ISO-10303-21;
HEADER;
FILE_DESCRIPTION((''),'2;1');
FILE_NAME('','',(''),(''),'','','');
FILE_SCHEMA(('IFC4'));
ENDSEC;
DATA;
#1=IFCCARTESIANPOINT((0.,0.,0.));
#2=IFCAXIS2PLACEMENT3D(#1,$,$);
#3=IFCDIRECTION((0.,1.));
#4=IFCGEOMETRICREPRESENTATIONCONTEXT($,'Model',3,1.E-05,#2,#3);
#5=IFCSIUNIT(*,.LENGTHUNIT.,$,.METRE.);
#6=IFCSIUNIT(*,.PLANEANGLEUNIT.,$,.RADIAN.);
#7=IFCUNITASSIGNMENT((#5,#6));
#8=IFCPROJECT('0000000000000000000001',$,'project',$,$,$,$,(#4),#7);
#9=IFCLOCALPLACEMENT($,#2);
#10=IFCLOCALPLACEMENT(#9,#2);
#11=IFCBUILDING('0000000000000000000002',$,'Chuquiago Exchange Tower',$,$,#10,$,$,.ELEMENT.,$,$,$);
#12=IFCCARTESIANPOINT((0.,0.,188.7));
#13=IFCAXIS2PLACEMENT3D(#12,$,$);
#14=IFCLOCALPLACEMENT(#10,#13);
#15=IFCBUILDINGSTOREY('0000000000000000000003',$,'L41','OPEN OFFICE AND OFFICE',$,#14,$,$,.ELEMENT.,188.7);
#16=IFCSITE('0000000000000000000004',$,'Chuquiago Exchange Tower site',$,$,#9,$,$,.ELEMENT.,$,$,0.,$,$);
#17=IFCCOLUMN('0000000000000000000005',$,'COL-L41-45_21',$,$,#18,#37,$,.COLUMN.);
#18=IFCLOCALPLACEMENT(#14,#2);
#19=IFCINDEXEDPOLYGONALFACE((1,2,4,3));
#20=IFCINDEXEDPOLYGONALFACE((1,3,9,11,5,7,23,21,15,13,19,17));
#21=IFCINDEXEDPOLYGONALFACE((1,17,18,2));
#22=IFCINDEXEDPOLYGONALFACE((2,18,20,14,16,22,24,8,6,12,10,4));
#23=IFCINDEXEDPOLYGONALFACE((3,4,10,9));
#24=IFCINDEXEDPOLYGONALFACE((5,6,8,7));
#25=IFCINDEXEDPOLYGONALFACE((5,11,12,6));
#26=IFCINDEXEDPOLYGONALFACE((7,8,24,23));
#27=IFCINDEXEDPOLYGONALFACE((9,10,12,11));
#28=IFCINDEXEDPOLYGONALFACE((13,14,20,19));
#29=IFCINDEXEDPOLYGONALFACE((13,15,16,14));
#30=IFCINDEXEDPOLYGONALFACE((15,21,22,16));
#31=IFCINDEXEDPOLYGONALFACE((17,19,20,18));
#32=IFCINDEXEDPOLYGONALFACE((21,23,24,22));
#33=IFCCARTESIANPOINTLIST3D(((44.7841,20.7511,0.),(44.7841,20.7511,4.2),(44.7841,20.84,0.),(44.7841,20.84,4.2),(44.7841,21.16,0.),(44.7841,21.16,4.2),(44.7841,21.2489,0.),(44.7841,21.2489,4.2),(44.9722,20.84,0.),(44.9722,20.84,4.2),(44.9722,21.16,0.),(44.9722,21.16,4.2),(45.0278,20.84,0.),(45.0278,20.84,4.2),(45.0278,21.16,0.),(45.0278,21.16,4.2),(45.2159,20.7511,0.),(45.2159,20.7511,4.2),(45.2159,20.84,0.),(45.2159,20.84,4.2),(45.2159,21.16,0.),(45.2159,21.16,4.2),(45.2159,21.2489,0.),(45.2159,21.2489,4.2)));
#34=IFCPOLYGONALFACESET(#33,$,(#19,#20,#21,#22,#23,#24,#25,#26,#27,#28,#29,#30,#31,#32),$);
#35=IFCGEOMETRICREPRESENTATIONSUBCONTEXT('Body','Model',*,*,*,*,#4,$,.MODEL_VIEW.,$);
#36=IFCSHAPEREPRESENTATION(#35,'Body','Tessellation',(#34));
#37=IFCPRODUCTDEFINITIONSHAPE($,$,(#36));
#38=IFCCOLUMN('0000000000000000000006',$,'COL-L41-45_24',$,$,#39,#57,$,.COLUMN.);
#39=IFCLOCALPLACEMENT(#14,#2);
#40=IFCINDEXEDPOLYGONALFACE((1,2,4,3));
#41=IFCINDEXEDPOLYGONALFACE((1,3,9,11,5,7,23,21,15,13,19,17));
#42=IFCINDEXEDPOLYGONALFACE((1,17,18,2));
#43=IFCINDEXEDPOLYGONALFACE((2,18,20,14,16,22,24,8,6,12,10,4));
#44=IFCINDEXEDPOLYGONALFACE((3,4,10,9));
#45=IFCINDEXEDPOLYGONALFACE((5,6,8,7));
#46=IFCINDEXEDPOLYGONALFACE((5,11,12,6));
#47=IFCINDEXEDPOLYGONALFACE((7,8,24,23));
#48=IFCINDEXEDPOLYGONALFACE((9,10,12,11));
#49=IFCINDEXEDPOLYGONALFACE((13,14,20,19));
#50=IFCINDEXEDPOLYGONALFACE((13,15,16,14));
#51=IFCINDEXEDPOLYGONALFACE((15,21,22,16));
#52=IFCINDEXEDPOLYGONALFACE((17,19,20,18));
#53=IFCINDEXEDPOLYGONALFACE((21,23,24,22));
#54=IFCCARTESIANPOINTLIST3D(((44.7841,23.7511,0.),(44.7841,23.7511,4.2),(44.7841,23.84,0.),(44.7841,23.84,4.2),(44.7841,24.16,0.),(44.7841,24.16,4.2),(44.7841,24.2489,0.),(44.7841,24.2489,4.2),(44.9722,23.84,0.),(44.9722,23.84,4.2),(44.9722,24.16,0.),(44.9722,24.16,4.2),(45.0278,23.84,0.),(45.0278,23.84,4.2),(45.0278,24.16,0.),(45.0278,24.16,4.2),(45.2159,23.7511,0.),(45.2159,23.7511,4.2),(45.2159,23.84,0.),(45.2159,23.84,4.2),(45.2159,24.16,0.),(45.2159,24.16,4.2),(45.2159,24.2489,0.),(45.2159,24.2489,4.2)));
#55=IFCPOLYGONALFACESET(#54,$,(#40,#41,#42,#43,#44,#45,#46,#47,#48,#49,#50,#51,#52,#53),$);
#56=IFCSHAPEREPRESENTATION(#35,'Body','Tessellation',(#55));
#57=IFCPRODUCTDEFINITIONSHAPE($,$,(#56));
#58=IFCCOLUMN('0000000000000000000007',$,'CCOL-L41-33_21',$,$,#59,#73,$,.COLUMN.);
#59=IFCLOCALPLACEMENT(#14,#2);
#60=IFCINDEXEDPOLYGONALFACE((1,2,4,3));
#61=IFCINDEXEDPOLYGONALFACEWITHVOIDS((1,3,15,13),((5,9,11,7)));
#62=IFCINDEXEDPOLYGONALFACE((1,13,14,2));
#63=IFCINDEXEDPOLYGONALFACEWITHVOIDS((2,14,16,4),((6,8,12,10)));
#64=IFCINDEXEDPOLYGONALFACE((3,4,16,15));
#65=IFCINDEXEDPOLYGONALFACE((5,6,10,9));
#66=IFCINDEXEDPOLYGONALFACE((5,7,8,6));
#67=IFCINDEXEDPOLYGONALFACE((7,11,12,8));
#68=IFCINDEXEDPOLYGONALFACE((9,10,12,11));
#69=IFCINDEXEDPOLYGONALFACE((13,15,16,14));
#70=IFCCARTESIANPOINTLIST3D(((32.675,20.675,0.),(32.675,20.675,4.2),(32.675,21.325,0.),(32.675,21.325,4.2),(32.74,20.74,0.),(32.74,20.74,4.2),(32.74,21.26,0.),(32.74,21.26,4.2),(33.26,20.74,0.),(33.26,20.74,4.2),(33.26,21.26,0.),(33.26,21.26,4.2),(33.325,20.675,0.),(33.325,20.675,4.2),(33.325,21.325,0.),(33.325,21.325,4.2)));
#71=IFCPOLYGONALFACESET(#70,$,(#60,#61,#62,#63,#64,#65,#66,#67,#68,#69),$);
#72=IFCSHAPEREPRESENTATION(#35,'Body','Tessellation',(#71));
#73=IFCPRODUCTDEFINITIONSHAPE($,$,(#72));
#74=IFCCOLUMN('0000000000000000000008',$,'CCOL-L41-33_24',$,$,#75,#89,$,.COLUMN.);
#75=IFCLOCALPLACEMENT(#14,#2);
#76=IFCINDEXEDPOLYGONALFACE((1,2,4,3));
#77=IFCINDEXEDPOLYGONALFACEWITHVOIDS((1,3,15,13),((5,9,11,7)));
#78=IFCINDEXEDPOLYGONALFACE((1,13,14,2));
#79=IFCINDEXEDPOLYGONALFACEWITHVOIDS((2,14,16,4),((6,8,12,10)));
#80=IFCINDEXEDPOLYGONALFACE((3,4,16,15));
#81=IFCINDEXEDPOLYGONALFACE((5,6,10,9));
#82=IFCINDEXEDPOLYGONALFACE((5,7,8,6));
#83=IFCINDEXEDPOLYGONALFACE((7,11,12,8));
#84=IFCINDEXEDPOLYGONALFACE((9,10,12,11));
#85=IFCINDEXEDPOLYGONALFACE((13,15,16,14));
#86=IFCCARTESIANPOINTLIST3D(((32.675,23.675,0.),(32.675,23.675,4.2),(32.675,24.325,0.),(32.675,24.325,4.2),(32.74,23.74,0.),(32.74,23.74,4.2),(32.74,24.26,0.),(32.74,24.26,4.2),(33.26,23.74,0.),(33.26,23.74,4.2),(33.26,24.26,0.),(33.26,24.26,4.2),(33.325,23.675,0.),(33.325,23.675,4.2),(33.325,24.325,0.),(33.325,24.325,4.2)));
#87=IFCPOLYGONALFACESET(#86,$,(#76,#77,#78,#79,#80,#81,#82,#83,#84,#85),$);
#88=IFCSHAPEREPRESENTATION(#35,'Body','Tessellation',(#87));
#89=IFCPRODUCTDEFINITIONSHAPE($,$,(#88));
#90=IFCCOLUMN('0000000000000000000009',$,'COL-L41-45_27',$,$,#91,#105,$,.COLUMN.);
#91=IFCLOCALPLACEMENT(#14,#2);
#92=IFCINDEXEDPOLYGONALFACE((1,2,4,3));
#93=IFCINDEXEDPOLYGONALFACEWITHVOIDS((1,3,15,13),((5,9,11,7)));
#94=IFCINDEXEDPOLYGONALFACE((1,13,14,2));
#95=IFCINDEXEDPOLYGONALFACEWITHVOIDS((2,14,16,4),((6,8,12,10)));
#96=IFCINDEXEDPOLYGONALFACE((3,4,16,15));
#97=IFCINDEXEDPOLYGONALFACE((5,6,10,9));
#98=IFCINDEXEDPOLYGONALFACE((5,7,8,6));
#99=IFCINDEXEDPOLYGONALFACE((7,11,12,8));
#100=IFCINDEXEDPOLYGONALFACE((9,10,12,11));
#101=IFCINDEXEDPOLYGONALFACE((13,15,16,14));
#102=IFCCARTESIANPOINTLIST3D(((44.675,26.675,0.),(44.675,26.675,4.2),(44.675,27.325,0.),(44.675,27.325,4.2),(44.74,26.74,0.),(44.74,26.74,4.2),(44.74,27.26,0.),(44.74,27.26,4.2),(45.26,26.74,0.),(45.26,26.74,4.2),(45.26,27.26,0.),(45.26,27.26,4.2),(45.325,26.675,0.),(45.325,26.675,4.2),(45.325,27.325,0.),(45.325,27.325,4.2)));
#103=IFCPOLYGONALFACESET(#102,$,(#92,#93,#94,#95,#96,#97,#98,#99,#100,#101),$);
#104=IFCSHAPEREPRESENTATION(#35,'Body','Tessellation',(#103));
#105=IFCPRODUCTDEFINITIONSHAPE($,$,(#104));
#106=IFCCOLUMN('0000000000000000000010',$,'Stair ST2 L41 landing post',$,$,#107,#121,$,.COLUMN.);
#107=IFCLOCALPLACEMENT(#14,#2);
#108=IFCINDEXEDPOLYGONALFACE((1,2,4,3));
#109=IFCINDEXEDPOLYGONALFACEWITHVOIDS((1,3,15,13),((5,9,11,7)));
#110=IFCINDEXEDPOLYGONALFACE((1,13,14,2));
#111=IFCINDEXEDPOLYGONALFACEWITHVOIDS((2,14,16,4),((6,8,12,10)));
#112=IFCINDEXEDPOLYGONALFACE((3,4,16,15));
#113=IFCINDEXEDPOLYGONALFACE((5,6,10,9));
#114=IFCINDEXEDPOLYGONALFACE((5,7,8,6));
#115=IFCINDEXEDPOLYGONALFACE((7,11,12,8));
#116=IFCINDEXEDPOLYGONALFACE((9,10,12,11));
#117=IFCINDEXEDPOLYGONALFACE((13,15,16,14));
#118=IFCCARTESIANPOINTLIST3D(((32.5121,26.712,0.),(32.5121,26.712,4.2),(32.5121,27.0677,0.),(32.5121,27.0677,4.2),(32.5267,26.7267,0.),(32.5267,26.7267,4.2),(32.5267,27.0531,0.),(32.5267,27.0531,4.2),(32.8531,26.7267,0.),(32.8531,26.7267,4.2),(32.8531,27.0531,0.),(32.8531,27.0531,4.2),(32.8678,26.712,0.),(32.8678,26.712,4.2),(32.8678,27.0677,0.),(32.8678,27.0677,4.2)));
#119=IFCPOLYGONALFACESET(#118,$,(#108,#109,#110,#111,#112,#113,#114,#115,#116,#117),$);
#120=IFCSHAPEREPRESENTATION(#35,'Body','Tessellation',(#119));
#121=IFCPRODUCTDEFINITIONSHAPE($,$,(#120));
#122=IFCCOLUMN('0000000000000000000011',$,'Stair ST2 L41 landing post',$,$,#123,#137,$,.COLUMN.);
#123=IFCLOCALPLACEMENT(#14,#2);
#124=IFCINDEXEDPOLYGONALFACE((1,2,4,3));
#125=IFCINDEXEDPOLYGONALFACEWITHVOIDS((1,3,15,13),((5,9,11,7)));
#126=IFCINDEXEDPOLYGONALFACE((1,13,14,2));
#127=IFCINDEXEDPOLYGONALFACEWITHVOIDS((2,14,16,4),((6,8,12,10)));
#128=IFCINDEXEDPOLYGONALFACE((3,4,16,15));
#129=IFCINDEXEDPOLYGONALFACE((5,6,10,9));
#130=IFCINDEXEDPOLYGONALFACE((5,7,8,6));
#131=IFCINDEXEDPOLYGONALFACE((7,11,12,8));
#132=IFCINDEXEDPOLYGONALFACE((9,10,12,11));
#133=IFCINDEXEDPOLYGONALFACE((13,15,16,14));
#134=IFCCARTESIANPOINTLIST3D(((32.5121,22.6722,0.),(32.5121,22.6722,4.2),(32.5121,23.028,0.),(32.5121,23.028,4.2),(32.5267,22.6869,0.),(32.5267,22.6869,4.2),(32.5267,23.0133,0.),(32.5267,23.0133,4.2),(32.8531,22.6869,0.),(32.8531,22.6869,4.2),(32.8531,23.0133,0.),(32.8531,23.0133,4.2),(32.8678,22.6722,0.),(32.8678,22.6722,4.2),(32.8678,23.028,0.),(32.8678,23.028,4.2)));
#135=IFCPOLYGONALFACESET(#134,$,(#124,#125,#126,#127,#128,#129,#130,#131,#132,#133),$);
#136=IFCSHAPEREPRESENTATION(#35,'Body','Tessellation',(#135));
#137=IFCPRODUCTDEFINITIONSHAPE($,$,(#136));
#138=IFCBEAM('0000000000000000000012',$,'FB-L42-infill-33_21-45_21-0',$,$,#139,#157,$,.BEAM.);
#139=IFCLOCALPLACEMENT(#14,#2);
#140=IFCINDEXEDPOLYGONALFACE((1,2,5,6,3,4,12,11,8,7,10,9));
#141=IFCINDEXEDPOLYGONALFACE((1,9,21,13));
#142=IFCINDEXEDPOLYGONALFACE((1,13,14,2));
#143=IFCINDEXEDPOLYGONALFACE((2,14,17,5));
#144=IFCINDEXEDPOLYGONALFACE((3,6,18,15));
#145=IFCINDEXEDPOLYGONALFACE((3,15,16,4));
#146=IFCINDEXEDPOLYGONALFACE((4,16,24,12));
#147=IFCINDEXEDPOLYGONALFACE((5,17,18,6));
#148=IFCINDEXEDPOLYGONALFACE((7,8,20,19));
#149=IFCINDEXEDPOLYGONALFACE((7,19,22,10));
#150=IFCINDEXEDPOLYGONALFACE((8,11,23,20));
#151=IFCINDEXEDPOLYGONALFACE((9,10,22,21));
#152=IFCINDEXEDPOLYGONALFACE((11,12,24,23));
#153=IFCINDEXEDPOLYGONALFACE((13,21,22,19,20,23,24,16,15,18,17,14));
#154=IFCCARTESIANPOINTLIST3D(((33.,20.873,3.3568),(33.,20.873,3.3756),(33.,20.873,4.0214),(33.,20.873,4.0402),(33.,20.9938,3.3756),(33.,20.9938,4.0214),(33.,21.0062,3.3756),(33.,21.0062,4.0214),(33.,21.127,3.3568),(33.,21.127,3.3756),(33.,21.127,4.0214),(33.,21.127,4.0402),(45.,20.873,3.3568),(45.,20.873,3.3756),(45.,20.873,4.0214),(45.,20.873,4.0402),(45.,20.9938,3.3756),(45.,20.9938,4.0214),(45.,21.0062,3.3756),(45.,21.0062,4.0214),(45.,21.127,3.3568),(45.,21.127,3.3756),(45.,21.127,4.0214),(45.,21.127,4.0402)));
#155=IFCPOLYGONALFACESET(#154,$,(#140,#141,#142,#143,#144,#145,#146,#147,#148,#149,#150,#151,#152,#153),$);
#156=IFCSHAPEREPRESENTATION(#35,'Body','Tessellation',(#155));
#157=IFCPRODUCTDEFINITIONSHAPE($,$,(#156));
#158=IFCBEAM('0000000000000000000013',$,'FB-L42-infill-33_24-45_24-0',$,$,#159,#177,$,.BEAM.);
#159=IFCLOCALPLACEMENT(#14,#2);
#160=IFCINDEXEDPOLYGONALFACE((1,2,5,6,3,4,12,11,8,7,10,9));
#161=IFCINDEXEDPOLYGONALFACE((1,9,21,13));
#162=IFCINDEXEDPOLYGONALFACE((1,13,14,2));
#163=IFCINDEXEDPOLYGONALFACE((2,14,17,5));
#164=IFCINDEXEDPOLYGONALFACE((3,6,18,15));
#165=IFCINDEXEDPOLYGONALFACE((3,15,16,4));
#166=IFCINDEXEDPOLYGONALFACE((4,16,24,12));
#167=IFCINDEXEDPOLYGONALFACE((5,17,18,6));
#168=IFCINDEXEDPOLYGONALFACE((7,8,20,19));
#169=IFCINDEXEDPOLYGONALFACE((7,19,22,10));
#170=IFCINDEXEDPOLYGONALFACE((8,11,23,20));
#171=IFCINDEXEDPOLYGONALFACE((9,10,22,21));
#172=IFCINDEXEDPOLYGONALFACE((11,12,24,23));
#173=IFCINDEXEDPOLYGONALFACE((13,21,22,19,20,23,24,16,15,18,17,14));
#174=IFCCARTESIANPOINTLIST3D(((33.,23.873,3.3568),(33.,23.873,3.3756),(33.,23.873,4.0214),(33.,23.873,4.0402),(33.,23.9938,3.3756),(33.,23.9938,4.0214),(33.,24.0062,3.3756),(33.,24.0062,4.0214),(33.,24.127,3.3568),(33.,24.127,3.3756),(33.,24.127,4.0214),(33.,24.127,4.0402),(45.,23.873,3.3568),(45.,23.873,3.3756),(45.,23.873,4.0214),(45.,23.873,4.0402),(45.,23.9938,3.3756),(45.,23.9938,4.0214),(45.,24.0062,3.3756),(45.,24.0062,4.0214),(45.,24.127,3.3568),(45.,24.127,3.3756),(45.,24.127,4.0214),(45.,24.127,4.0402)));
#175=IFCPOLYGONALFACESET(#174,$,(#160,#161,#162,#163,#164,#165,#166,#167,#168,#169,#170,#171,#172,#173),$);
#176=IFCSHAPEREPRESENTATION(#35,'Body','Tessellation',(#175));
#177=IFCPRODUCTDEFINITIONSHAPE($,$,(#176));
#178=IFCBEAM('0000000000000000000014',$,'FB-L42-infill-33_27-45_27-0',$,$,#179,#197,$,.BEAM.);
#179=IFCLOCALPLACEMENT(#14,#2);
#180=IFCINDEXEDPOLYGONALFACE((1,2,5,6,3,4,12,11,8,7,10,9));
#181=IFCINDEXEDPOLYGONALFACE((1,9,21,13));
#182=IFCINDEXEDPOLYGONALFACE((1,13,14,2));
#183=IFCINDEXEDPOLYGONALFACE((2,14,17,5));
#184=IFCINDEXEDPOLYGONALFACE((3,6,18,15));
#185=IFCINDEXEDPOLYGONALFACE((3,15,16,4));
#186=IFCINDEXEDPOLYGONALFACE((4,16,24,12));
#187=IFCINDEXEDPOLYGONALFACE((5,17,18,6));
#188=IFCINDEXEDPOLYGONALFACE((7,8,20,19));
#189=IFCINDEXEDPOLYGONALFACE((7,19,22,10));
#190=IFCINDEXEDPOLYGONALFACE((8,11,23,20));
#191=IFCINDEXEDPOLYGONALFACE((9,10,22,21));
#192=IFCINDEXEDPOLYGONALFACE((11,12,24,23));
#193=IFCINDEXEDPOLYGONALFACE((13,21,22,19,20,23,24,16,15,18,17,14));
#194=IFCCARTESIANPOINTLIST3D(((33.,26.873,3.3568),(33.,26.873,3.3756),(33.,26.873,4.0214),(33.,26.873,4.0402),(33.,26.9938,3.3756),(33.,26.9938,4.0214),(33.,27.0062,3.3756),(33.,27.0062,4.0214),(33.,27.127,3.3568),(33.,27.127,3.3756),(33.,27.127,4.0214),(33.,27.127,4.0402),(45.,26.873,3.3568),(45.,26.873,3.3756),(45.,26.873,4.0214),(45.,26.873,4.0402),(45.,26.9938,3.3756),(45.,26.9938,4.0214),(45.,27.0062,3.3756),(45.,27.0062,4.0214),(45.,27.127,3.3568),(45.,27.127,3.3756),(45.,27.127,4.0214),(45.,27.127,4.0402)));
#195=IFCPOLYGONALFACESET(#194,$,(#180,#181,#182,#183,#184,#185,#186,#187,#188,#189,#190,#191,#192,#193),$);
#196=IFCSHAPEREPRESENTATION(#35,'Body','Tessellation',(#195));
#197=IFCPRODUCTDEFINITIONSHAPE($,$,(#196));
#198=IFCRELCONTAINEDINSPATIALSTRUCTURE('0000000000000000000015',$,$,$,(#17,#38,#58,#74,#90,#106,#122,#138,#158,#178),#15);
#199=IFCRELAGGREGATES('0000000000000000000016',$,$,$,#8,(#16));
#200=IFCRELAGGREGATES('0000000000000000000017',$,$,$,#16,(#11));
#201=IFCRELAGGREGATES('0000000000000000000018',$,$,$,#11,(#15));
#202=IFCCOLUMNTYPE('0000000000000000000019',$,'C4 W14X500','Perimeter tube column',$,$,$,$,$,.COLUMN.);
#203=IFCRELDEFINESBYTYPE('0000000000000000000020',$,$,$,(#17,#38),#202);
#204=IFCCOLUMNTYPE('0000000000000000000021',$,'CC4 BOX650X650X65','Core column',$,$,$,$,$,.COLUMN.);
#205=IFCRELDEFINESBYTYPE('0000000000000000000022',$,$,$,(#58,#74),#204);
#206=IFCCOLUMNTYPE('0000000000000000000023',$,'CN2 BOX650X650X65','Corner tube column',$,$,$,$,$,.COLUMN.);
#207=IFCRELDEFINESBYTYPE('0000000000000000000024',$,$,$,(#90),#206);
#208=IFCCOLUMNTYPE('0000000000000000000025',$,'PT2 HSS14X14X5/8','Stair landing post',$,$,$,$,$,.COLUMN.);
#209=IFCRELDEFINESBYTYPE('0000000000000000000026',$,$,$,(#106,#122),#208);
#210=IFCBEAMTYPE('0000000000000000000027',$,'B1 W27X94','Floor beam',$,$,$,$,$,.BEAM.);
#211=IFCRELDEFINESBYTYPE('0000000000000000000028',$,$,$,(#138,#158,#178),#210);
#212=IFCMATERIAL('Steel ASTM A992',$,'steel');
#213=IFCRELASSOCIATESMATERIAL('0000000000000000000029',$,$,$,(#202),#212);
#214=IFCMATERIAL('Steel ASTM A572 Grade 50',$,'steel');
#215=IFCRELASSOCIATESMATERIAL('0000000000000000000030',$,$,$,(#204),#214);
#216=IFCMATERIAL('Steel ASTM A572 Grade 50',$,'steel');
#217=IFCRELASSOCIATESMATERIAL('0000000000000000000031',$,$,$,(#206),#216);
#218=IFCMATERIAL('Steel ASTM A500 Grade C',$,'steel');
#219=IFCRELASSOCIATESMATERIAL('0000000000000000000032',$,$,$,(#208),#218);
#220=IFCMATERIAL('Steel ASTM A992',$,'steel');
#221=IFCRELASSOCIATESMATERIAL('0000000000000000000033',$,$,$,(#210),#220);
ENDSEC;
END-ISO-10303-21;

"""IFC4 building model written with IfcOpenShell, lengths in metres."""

from ifc_helpers import new_model, si_unit, direction, frame, origin, origin_2d, place, context, subcontext, project, spatial, hollow_rectangle, i_section, extrude, material, material_profile, profile_set, type_object, element, save


model = new_model("IFC4")

# Units and contexts
model_context = context("Model", 3, precision=1e-05, world=origin(), true_north=direction((0.0, 1.0)))
body_context = subcontext(model_context, "Body", "Model", "MODEL_VIEW")
ifc_project = project(units=[si_unit("LENGTHUNIT", "METRE"), si_unit("PLANEANGLEUNIT", "RADIAN")], contexts=[model_context])

# Site, building, storey
site_placement = place(None, origin())
site = spatial("IfcSite", under=ifc_project, at=site_placement, Name="Chuquiago Exchange Tower site", CompositionType="ELEMENT", RefElevation=0.0)
building_placement = place(site_placement, origin())
building = spatial("IfcBuilding", under=site, at=building_placement, Name="Chuquiago Exchange Tower", CompositionType="ELEMENT")
storey_placement = place(building_placement, frame((0.0, 0.0, 188.7)))
storey = spatial("IfcBuildingStorey", under=building, at=storey_placement, Name="L41", Description="OPEN OFFICE AND OFFICE", CompositionType="ELEMENT", Elevation=188.7)

# Columns
ifc_material_1 = material(Name="Steel ASTM A992", Category="steel")
ifc_material_profile_1 = material_profile(ifc_material_1, i_section(OverallWidth=0.4319, OverallDepth=0.4978, WebThickness=0.0557, FlangeThickness=0.0889, at=origin_2d()), Name="W14X500")
ifc_profile_set_1 = profile_set([ifc_material_profile_1], Name="Steel ASTM A992")
column_type_1 = type_object("IfcColumnType", Name="C4 W14X500", Description="Perimeter tube column", PredefinedType="COLUMN", material=ifc_profile_set_1)
for number, where, z_axis, x_axis, name in (
    (1, (45.0, 21.0, 0.0), (0.0, 0.0, 1.0), (1.0, 0.0, 0.0), "COL-L41-45_21"),
    (2, (45.0, 24.0, 0.0), (0.0, 0.0, 1.0), (1.0, 0.0, 0.0), "COL-L41-45_24"),
):
    element("IfcColumn", number, at=place(storey_placement, frame(where, z_axis=z_axis, x_axis=x_axis)), inside=storey, type_object=column_type_1, Name=name, PredefinedType="COLUMN", context=body_context, shape_type="SweptSolid", body=[
        extrude(i_section(OverallWidth=0.4319, OverallDepth=0.4978, WebThickness=0.0557, FlangeThickness=0.0889, at=origin_2d()), origin(), (0.0, 0.0, 1.0), 4.2),
    ])
ifc_material_2 = material(Name="Steel ASTM A572 Grade 50", Category="steel")
ifc_material_profile_2 = material_profile(ifc_material_2, hollow_rectangle(XDim=0.6499, YDim=0.6499, WallThickness=0.0649, at=origin_2d()), Name="BOX650X650X65")
ifc_profile_set_2 = profile_set([ifc_material_profile_2], Name="Steel ASTM A572 Grade 50")
column_type_2 = type_object("IfcColumnType", Name="CC4 BOX650X650X65", Description="Core column", PredefinedType="COLUMN", material=ifc_profile_set_2)
for number, where, z_axis, x_axis, name in (
    (3, (33.0, 21.0, 0.0), (0.0, 0.0, 1.0), (1.0, 0.0, 0.0), "CCOL-L41-33_21"),
    (4, (33.0, 24.0, 0.0), (0.0, 0.0, 1.0), (1.0, 0.0, 0.0), "CCOL-L41-33_24"),
):
    element("IfcColumn", number, at=place(storey_placement, frame(where, z_axis=z_axis, x_axis=x_axis)), inside=storey, type_object=column_type_2, Name=name, PredefinedType="COLUMN", context=body_context, shape_type="SweptSolid", body=[
        extrude(hollow_rectangle(XDim=0.6499, YDim=0.6499, WallThickness=0.0649, at=origin_2d()), origin(), (0.0, 0.0, 1.0), 4.2),
    ])
ifc_material_3 = material(Name="Steel ASTM A572 Grade 50", Category="steel")
ifc_material_profile_3 = material_profile(ifc_material_3, hollow_rectangle(XDim=0.6499, YDim=0.6499, WallThickness=0.0649, at=origin_2d()), Name="BOX650X650X65")
ifc_profile_set_3 = profile_set([ifc_material_profile_3], Name="Steel ASTM A572 Grade 50")
column_type_3 = type_object("IfcColumnType", Name="CN2 BOX650X650X65", Description="Corner tube column", PredefinedType="COLUMN", material=ifc_profile_set_3)
column_placement = place(storey_placement, frame((45.0, 27.0, 0.0), z_axis=(0.0, 0.0, 1.0), x_axis=(1.0, 0.0, 0.0)))
element("IfcColumn", 5, at=column_placement, inside=storey, type_object=column_type_3, Name="COL-L41-45_27", PredefinedType="COLUMN", context=body_context, shape_type="SweptSolid", body=[
    extrude(hollow_rectangle(XDim=0.6499, YDim=0.6499, WallThickness=0.0649, at=origin_2d()), origin(), (0.0, 0.0, 1.0), 4.2),
])
ifc_material_4 = material(Name="Steel ASTM A500 Grade C", Category="steel")
ifc_material_profile_4 = material_profile(ifc_material_4, hollow_rectangle(XDim=0.3557, YDim=0.3557, WallThickness=0.0146, at=origin_2d()), Name="HSS14X14X5/8")
ifc_profile_set_4 = profile_set([ifc_material_profile_4], Name="Steel ASTM A500 Grade C")
column_type_4 = type_object("IfcColumnType", Name="PT2 HSS14X14X5/8", Description="Stair landing post", PredefinedType="COLUMN", material=ifc_profile_set_4)
for number, where, z_axis, x_axis, name in (
    (6, (32.6899, 26.8899, 0.0), (0.0, 0.0, 1.0), (1.0, 0.0, 0.0), "Stair ST2 L41 landing post"),
    (7, (32.6899, 22.8501, 0.0), (0.0, 0.0, 1.0), (1.0, 0.0, 0.0), "Stair ST2 L41 landing post"),
):
    element("IfcColumn", number, at=place(storey_placement, frame(where, z_axis=z_axis, x_axis=x_axis)), inside=storey, type_object=column_type_4, Name=name, PredefinedType="COLUMN", context=body_context, shape_type="SweptSolid", body=[
        extrude(hollow_rectangle(XDim=0.3557, YDim=0.3557, WallThickness=0.0146, at=origin_2d()), origin(), (0.0, 0.0, 1.0), 4.2),
    ])

# Beams
ifc_material_5 = material(Name="Steel ASTM A992", Category="steel")
ifc_material_profile_5 = material_profile(ifc_material_5, i_section(OverallWidth=0.2539, OverallDepth=0.6833, WebThickness=0.0125, FlangeThickness=0.0188, at=origin_2d()), Name="W27X94")
ifc_profile_set_5 = profile_set([ifc_material_profile_5], Name="Steel ASTM A992")
beam_type_1 = type_object("IfcBeamType", Name="B1 W27X94", Description="Floor beam", PredefinedType="BEAM", material=ifc_profile_set_5)
for number, where, z_axis, x_axis, name in (
    (8, (33.0, 21.0, 3.6985), (1.0, 0.0, 0.0), (0.0, 1.0, 0.0), "FB-L42-infill-33_21-45_21-0"),
    (9, (33.0, 24.0, 3.6985), (1.0, 0.0, 0.0), (0.0, 1.0, 0.0), "FB-L42-infill-33_24-45_24-0"),
    (10, (33.0, 27.0, 3.6985), (1.0, 0.0, 0.0), (0.0, 1.0, 0.0), "FB-L42-infill-33_27-45_27-0"),
):
    element("IfcBeam", number, at=place(storey_placement, frame(where, z_axis=z_axis, x_axis=x_axis)), inside=storey, type_object=beam_type_1, Name=name, PredefinedType="BEAM", context=body_context, shape_type="SweptSolid", body=[
        extrude(i_section(OverallWidth=0.2539, OverallDepth=0.6833, WebThickness=0.0125, FlangeThickness=0.0188, at=origin_2d()), origin(), (0.0, 0.0, 1.0), 12.0),
    ])

save(model, "model.ifc")
